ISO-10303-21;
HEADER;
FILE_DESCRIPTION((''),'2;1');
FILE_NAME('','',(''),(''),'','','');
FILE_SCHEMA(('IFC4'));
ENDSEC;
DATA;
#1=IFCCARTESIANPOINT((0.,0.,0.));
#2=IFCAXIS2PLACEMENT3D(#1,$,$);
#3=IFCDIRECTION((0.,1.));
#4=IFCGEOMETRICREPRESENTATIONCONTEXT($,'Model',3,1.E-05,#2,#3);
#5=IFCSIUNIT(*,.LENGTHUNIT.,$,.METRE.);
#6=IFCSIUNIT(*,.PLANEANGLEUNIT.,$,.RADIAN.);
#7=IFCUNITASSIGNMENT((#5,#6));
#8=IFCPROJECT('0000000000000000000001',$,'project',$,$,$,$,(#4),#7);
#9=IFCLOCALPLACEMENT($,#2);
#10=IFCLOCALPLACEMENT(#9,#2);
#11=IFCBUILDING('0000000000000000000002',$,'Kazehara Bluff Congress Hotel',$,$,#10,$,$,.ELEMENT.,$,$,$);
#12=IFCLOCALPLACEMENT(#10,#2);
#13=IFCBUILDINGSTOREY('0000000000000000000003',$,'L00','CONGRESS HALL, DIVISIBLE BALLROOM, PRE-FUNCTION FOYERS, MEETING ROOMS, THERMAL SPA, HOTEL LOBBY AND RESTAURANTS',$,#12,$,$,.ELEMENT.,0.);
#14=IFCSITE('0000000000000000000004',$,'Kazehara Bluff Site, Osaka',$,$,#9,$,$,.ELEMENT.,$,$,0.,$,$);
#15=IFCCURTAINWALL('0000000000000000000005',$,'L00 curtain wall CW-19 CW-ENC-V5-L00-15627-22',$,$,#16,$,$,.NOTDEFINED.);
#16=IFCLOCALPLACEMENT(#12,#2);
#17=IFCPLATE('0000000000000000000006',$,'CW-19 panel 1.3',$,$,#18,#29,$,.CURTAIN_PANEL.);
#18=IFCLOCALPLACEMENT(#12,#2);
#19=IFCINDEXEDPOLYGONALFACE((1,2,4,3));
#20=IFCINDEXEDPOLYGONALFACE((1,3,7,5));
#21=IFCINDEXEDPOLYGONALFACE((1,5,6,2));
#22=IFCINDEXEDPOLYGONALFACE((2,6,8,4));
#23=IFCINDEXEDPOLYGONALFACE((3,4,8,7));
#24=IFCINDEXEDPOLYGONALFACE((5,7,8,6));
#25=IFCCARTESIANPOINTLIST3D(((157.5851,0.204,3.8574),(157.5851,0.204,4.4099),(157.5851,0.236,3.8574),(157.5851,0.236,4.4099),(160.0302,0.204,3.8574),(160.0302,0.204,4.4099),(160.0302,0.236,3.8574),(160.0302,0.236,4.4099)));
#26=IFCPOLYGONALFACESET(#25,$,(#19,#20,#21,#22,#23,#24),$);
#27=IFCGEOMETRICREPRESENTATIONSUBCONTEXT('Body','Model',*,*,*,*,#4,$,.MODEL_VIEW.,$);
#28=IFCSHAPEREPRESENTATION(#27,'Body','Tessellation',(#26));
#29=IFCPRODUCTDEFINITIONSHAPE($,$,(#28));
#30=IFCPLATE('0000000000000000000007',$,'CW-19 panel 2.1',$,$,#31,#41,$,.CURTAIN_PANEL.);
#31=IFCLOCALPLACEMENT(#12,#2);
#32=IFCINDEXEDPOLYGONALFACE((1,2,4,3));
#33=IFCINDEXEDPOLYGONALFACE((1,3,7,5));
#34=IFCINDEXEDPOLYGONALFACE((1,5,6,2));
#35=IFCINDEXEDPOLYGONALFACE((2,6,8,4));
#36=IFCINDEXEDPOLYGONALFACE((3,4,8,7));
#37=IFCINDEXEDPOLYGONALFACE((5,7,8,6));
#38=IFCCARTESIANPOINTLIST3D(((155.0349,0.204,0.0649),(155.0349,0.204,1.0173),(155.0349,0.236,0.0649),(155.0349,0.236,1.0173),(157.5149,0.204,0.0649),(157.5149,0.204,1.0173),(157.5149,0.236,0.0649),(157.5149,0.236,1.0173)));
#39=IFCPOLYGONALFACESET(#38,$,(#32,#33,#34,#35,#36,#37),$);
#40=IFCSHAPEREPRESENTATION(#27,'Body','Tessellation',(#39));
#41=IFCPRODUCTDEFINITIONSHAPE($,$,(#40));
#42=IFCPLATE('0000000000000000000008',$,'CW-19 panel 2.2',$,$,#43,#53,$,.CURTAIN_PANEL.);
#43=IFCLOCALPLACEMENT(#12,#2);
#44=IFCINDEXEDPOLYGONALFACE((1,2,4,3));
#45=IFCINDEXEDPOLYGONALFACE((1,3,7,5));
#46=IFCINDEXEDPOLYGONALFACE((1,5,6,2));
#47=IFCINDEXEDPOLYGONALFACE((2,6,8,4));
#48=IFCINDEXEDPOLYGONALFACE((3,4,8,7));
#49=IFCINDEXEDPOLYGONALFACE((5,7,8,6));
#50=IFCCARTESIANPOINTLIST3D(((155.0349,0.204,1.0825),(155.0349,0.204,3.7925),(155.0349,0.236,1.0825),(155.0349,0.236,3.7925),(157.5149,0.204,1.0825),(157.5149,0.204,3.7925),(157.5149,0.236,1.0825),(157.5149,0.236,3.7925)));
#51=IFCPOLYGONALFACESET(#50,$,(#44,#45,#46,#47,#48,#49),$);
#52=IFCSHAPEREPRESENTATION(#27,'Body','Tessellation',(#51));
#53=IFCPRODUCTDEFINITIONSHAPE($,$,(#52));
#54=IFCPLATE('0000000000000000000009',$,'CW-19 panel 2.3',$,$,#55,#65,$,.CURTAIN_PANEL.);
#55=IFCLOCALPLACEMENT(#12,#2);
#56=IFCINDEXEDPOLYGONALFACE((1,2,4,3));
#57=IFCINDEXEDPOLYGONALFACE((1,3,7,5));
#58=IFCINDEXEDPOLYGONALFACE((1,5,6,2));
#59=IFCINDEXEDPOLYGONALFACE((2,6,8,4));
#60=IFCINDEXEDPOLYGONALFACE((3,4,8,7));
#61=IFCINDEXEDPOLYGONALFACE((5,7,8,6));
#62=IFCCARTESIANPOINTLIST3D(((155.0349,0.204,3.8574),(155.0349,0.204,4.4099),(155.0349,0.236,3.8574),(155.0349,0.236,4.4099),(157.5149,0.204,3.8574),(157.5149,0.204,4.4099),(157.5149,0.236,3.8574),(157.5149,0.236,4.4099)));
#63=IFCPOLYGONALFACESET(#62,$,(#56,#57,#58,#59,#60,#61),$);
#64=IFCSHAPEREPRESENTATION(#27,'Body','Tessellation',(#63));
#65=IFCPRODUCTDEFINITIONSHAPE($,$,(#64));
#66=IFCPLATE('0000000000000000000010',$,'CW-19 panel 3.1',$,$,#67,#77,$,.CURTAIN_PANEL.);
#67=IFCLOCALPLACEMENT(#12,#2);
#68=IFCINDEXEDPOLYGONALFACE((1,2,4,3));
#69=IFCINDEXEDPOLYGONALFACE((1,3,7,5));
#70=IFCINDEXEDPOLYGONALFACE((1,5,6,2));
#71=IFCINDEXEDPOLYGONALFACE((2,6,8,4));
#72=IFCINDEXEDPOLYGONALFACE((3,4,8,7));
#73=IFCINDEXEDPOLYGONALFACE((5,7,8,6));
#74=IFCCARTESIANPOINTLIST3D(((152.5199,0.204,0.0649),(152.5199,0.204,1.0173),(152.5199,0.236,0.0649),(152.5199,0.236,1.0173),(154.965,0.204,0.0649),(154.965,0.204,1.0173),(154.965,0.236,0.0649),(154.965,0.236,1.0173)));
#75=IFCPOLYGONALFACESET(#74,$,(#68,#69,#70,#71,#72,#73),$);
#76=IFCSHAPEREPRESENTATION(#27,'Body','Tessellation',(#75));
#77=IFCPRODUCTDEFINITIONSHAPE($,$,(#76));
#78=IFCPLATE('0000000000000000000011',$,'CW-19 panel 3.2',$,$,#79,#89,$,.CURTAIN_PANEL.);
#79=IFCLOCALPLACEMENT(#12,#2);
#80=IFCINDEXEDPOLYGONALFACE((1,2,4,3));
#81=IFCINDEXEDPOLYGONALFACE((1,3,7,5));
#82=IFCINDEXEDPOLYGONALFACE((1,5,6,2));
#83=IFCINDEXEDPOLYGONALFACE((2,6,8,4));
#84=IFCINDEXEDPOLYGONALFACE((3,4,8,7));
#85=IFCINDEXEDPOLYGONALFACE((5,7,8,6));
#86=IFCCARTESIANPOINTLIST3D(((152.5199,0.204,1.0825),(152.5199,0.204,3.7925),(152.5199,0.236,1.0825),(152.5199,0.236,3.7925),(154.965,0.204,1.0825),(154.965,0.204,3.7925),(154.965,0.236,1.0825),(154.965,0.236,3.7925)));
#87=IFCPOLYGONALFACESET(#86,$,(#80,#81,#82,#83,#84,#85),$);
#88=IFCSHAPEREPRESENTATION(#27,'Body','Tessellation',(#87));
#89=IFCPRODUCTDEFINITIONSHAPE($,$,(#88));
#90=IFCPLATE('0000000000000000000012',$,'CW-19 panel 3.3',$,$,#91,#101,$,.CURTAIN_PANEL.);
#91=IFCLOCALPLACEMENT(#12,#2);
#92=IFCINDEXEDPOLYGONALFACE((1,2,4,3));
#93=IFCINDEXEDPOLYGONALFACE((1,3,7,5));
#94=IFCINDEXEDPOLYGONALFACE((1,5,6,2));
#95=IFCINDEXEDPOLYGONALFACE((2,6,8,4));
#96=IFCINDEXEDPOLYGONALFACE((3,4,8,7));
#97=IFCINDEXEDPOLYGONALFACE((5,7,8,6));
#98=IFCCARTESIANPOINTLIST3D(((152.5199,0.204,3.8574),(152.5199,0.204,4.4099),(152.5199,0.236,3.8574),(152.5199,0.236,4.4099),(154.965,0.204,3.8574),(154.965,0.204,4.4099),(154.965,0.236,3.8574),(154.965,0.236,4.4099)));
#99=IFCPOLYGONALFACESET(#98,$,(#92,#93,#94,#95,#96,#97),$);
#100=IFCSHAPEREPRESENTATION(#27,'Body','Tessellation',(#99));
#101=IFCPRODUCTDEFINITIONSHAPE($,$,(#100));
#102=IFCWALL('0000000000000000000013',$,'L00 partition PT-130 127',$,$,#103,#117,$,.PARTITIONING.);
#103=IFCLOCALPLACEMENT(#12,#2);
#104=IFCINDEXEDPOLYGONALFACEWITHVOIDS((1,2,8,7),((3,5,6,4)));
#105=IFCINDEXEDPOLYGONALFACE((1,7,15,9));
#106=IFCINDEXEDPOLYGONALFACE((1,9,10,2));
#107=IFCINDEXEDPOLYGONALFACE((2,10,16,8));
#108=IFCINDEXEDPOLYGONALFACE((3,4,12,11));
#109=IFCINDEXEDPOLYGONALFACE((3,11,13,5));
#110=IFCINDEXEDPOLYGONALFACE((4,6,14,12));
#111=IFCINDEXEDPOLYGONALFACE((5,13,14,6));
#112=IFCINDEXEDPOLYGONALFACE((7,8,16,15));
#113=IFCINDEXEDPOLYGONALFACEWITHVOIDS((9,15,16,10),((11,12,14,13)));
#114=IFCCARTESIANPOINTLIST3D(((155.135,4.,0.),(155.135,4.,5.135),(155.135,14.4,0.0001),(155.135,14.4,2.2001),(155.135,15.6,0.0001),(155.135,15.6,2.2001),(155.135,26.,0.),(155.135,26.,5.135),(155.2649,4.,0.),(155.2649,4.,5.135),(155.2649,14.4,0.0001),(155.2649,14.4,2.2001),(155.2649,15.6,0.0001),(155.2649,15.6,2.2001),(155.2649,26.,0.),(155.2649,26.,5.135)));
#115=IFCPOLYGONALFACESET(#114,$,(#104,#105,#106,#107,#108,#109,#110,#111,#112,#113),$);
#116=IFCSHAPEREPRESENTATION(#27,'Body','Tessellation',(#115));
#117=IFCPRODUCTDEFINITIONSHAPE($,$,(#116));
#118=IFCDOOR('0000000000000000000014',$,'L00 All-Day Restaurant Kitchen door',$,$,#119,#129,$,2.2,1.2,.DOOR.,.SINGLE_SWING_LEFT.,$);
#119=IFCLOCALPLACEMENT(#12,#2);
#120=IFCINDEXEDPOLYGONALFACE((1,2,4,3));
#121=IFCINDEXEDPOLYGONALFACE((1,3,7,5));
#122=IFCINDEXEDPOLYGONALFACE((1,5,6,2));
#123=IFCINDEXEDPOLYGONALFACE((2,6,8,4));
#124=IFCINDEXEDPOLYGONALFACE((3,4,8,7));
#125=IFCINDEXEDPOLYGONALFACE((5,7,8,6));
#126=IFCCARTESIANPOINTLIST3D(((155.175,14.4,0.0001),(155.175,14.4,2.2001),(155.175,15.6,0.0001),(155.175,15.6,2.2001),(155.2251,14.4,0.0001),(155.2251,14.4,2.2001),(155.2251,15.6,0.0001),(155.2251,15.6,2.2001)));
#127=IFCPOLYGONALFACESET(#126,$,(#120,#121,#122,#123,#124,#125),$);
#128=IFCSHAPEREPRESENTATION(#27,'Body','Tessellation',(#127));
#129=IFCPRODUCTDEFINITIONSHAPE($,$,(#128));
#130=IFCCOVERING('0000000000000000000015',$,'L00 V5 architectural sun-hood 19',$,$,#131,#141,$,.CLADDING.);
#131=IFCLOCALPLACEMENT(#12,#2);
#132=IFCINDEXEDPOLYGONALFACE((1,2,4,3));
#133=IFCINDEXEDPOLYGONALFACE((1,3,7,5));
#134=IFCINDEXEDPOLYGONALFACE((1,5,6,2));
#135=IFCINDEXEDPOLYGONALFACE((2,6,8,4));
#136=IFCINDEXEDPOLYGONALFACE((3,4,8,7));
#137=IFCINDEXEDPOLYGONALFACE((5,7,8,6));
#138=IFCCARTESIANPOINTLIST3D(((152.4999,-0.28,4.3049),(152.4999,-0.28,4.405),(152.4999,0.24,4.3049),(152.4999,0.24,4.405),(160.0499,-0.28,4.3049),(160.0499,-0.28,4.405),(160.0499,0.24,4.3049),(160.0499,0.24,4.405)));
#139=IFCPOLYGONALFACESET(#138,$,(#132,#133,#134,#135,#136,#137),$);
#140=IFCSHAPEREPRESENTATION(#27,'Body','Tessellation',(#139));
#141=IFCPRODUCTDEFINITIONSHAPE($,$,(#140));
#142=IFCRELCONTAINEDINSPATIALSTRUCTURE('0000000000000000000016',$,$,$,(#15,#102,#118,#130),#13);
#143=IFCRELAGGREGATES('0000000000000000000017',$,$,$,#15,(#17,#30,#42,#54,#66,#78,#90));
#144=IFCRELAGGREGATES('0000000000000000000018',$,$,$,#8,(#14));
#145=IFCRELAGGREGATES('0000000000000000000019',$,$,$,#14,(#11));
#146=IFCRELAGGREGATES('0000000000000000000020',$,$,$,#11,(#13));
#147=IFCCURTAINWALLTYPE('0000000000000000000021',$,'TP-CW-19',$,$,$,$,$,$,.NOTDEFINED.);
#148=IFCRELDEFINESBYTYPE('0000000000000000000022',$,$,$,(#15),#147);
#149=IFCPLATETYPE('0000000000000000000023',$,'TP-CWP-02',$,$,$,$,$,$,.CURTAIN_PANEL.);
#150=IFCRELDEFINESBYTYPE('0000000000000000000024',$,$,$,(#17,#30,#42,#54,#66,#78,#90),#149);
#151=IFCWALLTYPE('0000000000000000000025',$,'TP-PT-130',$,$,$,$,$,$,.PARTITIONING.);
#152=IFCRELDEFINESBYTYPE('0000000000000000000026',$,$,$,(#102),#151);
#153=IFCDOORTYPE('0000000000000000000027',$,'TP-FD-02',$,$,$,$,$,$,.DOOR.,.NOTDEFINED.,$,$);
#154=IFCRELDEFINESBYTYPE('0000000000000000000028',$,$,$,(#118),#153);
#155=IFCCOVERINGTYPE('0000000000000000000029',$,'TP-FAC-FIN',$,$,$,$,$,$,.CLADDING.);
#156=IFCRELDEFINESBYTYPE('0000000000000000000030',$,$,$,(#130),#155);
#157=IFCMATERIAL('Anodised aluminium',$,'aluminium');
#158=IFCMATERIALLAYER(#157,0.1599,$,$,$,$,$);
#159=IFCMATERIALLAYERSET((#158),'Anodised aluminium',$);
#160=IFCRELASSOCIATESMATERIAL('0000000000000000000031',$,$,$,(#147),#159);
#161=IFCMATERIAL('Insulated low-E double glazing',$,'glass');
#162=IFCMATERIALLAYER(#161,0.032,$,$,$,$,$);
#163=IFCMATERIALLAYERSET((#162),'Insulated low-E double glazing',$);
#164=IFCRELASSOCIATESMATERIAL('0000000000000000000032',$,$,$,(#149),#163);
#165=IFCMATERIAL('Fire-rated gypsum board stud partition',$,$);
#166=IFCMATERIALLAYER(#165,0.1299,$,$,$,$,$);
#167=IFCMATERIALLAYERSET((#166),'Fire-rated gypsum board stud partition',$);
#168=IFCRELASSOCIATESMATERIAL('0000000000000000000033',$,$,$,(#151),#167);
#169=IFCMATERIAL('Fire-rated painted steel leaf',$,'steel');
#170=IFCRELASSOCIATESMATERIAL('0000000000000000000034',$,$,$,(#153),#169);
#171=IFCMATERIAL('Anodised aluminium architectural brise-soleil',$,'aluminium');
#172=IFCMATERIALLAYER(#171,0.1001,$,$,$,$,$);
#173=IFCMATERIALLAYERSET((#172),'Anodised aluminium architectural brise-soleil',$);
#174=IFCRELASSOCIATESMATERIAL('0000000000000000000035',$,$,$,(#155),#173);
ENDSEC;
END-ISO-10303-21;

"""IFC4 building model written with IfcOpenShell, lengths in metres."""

from ifc_helpers import new_model, si_unit, direction, frame, frame_2d, origin, origin_2d, place, context, subcontext, project, spatial, rectangle, extrude, material, layer, layer_set, type_object, element, fill, aggregate, save


model = new_model("IFC4")

# Units and contexts
model_context = context("Model", 3, precision=1e-05, world=origin(), true_north=direction((0.0, 1.0)))
body_context = subcontext(model_context, "Body", "Model", "MODEL_VIEW")
ifc_project = project(units=[si_unit("LENGTHUNIT", "METRE"), si_unit("PLANEANGLEUNIT", "RADIAN")], contexts=[model_context])

# Site, building, storey
site_placement = place(None, origin())
site = spatial("IfcSite", under=ifc_project, at=site_placement, Name="Kazehara Bluff Site, Osaka", CompositionType="ELEMENT", RefElevation=0.0)
building_placement = place(site_placement, origin())
building = spatial("IfcBuilding", under=site, at=building_placement, Name="Kazehara Bluff Congress Hotel", CompositionType="ELEMENT")
storey_placement = place(building_placement, origin())
storey = spatial("IfcBuildingStorey", under=building, at=storey_placement, Name="L00", Description="CONGRESS HALL, DIVISIBLE BALLROOM, PRE-FUNCTION FOYERS, MEETING ROOMS, THERMAL SPA, HOTEL LOBBY AND RESTAURANTS", CompositionType="ELEMENT", Elevation=0.0)

# Curtain wall
ifc_material_1 = material(Name="Anodised aluminium", Category="aluminium")
ifc_layer_1 = layer(ifc_material_1, 0.1599)
ifc_layer_set_1 = layer_set([ifc_layer_1], Name="Anodised aluminium")
curtain_wall_type = type_object("IfcCurtainWallType", Name="TP-CW-19", PredefinedType="NOTDEFINED", material=ifc_layer_set_1)
curtain_wall_placement = place(storey_placement, origin())
curtain_wall = element("IfcCurtainWall", 1, at=curtain_wall_placement, inside=storey, type_object=curtain_wall_type, Name="L00 curtain wall CW-19 CW-ENC-V5-L00-15627-22", PredefinedType="NOTDEFINED")

# Plates
ifc_material_2 = material(Name="Insulated low-E double glazing", Category="glass")
ifc_layer_2 = layer(ifc_material_2, 0.032)
ifc_layer_set_2 = layer_set([ifc_layer_2], Name="Insulated low-E double glazing")
plate_type = type_object("IfcPlateType", Name="TP-CWP-02", PredefinedType="CURTAIN_PANEL", material=ifc_layer_set_2)
plate_1_placement = place(storey_placement, frame((158.8076, 0.22, 3.8574), z_axis=(0.0, 0.0, 1.0), x_axis=(-1.0, 0.0, 0.0)))
plate_1 = element("IfcPlate", 2, at=plate_1_placement, type_object=plate_type, Name="CW-19 panel 1.3", PredefinedType="CURTAIN_PANEL", context=body_context, shape_type="SweptSolid", body=[
    extrude(rectangle(XDim=2.4451, YDim=0.032, at=origin_2d()), origin(), (0.0, 0.0, 1.0), 0.5525),
])
plate_2_placement = place(storey_placement, frame((156.2749, 0.22, 0.0649), z_axis=(0.0, 0.0, 1.0), x_axis=(-1.0, 0.0, 0.0)))
plate_2 = element("IfcPlate", 3, at=plate_2_placement, type_object=plate_type, Name="CW-19 panel 2.1", PredefinedType="CURTAIN_PANEL", context=body_context, shape_type="SweptSolid", body=[
    extrude(rectangle(XDim=2.48, YDim=0.032, at=origin_2d()), origin(), (0.0, 0.0, 1.0), 0.9524),
])
plate_3_placement = place(storey_placement, frame((156.2749, 0.22, 1.0825), z_axis=(0.0, 0.0, 1.0), x_axis=(-1.0, 0.0, 0.0)))
plate_3 = element("IfcPlate", 4, at=plate_3_placement, type_object=plate_type, Name="CW-19 panel 2.2", PredefinedType="CURTAIN_PANEL", context=body_context, shape_type="SweptSolid", body=[
    extrude(rectangle(XDim=2.48, YDim=0.032, at=origin_2d()), origin(), (0.0, 0.0, 1.0), 2.71),
])
plate_4_placement = place(storey_placement, frame((156.2749, 0.22, 3.8574), z_axis=(0.0, 0.0, 1.0), x_axis=(-1.0, 0.0, 0.0)))
plate_4 = element("IfcPlate", 5, at=plate_4_placement, type_object=plate_type, Name="CW-19 panel 2.3", PredefinedType="CURTAIN_PANEL", context=body_context, shape_type="SweptSolid", body=[
    extrude(rectangle(XDim=2.48, YDim=0.032, at=origin_2d()), origin(), (0.0, 0.0, 1.0), 0.5525),
])
plate_5_placement = place(storey_placement, frame((153.7424, 0.22, 0.0649), z_axis=(0.0, 0.0, 1.0), x_axis=(-1.0, 0.0, 0.0)))
plate_5 = element("IfcPlate", 6, at=plate_5_placement, type_object=plate_type, Name="CW-19 panel 3.1", PredefinedType="CURTAIN_PANEL", context=body_context, shape_type="SweptSolid", body=[
    extrude(rectangle(XDim=2.4451, YDim=0.032, at=origin_2d()), origin(), (0.0, 0.0, 1.0), 0.9524),
])
plate_6_placement = place(storey_placement, frame((153.7424, 0.22, 1.0825), z_axis=(0.0, 0.0, 1.0), x_axis=(-1.0, 0.0, 0.0)))
plate_6 = element("IfcPlate", 7, at=plate_6_placement, type_object=plate_type, Name="CW-19 panel 3.2", PredefinedType="CURTAIN_PANEL", context=body_context, shape_type="SweptSolid", body=[
    extrude(rectangle(XDim=2.4451, YDim=0.032, at=origin_2d()), origin(), (0.0, 0.0, 1.0), 2.71),
])
plate_7_placement = place(storey_placement, frame((153.7424, 0.22, 3.8574), z_axis=(0.0, 0.0, 1.0), x_axis=(-1.0, 0.0, 0.0)))
plate_7 = element("IfcPlate", 8, at=plate_7_placement, type_object=plate_type, Name="CW-19 panel 3.3", PredefinedType="CURTAIN_PANEL", context=body_context, shape_type="SweptSolid", body=[
    extrude(rectangle(XDim=2.4451, YDim=0.032, at=origin_2d()), origin(), (0.0, 0.0, 1.0), 0.5525),
])
aggregate(curtain_wall, [plate_1, plate_2, plate_3, plate_4, plate_5, plate_6, plate_7])

# Wall, opening, door
ifc_material_3 = material(Name="Fire-rated gypsum board stud partition")
ifc_layer_3 = layer(ifc_material_3, 0.1299)
ifc_layer_set_3 = layer_set([ifc_layer_3], Name="Fire-rated gypsum board stud partition")
wall_type = type_object("IfcWallType", Name="TP-PT-130", PredefinedType="PARTITIONING", material=ifc_layer_set_3)
wall_placement = place(storey_placement, frame((155.2, 4.0, 0.0), z_axis=(0.0, 0.0, 1.0), x_axis=(0.0, 1.0, 0.0)))
wall = element("IfcWall", 9, at=wall_placement, inside=storey, type_object=wall_type, Name="L00 partition PT-130 127", PredefinedType="PARTITIONING", context=body_context, shape_type="SweptSolid", body=[
    extrude(rectangle(XDim=22.0, YDim=0.1299, at=frame_2d((11.0, 0.0))), origin(), (0.0, 0.0, 1.0), 5.135),
])
opening_placement = place(wall_placement, frame((10.3999, 0.0, 0.0)))
opening = element("IfcOpeningElement", 10, at=opening_placement, cuts=wall, PredefinedType="OPENING", context=body_context, shape_type="SweptSolid", body=[
    extrude(rectangle(XDim=1.2, YDim=2.2, at=frame_2d((0.6001, 1.1001))), frame((0.0, 0.075, 0.0), z_axis=(0.0, -1.0, 0.0), x_axis=(1.0, 0.0, 0.0)), (0.0, 0.0, 1.0), 0.1499),
])
ifc_material_4 = material(Name="Fire-rated painted steel leaf", Category="steel")
door_type = type_object("IfcDoorType", Name="TP-FD-02", OperationType="NOTDEFINED", PredefinedType="DOOR", material=ifc_material_4)
door_placement = place(opening_placement, origin())
door = element("IfcDoor", 11, at=door_placement, inside=storey, type_object=door_type, Name="L00 All-Day Restaurant Kitchen door", OperationType="SINGLE_SWING_LEFT", OverallHeight=2.2, OverallWidth=1.2, PredefinedType="DOOR", context=body_context, shape_type="SweptSolid", body=[
    extrude(rectangle(XDim=1.2, YDim=2.2, at=frame_2d((0.6001, 1.1001))), frame((0.0, 0.0249, 0.0), z_axis=(0.0, -1.0, 0.0), x_axis=(1.0, 0.0, 0.0)), (0.0, 0.0, 1.0), 0.05),
])
fill(opening, door)

# Covering
ifc_material_5 = material(Name="Anodised aluminium architectural brise-soleil", Category="aluminium")
ifc_layer_4 = layer(ifc_material_5, 0.1001)
ifc_layer_set_4 = layer_set([ifc_layer_4], Name="Anodised aluminium architectural brise-soleil")
covering_type = type_object("IfcCoveringType", Name="TP-FAC-FIN", PredefinedType="CLADDING", material=ifc_layer_set_4)
covering_placement = place(storey_placement, frame((156.2749, -0.02, 4.3049), z_axis=(0.0, 0.0, 1.0), x_axis=(1.0, 0.0, 0.0)))
element("IfcCovering", 12, at=covering_placement, inside=storey, type_object=covering_type, Name="L00 V5 architectural sun-hood 19", PredefinedType="CLADDING", context=body_context, shape_type="SweptSolid", body=[
    extrude(rectangle(XDim=7.55, YDim=0.52, at=origin_2d()), origin(), (0.0, 0.0, 1.0), 0.1001),
])

save(model, "model.ifc")
